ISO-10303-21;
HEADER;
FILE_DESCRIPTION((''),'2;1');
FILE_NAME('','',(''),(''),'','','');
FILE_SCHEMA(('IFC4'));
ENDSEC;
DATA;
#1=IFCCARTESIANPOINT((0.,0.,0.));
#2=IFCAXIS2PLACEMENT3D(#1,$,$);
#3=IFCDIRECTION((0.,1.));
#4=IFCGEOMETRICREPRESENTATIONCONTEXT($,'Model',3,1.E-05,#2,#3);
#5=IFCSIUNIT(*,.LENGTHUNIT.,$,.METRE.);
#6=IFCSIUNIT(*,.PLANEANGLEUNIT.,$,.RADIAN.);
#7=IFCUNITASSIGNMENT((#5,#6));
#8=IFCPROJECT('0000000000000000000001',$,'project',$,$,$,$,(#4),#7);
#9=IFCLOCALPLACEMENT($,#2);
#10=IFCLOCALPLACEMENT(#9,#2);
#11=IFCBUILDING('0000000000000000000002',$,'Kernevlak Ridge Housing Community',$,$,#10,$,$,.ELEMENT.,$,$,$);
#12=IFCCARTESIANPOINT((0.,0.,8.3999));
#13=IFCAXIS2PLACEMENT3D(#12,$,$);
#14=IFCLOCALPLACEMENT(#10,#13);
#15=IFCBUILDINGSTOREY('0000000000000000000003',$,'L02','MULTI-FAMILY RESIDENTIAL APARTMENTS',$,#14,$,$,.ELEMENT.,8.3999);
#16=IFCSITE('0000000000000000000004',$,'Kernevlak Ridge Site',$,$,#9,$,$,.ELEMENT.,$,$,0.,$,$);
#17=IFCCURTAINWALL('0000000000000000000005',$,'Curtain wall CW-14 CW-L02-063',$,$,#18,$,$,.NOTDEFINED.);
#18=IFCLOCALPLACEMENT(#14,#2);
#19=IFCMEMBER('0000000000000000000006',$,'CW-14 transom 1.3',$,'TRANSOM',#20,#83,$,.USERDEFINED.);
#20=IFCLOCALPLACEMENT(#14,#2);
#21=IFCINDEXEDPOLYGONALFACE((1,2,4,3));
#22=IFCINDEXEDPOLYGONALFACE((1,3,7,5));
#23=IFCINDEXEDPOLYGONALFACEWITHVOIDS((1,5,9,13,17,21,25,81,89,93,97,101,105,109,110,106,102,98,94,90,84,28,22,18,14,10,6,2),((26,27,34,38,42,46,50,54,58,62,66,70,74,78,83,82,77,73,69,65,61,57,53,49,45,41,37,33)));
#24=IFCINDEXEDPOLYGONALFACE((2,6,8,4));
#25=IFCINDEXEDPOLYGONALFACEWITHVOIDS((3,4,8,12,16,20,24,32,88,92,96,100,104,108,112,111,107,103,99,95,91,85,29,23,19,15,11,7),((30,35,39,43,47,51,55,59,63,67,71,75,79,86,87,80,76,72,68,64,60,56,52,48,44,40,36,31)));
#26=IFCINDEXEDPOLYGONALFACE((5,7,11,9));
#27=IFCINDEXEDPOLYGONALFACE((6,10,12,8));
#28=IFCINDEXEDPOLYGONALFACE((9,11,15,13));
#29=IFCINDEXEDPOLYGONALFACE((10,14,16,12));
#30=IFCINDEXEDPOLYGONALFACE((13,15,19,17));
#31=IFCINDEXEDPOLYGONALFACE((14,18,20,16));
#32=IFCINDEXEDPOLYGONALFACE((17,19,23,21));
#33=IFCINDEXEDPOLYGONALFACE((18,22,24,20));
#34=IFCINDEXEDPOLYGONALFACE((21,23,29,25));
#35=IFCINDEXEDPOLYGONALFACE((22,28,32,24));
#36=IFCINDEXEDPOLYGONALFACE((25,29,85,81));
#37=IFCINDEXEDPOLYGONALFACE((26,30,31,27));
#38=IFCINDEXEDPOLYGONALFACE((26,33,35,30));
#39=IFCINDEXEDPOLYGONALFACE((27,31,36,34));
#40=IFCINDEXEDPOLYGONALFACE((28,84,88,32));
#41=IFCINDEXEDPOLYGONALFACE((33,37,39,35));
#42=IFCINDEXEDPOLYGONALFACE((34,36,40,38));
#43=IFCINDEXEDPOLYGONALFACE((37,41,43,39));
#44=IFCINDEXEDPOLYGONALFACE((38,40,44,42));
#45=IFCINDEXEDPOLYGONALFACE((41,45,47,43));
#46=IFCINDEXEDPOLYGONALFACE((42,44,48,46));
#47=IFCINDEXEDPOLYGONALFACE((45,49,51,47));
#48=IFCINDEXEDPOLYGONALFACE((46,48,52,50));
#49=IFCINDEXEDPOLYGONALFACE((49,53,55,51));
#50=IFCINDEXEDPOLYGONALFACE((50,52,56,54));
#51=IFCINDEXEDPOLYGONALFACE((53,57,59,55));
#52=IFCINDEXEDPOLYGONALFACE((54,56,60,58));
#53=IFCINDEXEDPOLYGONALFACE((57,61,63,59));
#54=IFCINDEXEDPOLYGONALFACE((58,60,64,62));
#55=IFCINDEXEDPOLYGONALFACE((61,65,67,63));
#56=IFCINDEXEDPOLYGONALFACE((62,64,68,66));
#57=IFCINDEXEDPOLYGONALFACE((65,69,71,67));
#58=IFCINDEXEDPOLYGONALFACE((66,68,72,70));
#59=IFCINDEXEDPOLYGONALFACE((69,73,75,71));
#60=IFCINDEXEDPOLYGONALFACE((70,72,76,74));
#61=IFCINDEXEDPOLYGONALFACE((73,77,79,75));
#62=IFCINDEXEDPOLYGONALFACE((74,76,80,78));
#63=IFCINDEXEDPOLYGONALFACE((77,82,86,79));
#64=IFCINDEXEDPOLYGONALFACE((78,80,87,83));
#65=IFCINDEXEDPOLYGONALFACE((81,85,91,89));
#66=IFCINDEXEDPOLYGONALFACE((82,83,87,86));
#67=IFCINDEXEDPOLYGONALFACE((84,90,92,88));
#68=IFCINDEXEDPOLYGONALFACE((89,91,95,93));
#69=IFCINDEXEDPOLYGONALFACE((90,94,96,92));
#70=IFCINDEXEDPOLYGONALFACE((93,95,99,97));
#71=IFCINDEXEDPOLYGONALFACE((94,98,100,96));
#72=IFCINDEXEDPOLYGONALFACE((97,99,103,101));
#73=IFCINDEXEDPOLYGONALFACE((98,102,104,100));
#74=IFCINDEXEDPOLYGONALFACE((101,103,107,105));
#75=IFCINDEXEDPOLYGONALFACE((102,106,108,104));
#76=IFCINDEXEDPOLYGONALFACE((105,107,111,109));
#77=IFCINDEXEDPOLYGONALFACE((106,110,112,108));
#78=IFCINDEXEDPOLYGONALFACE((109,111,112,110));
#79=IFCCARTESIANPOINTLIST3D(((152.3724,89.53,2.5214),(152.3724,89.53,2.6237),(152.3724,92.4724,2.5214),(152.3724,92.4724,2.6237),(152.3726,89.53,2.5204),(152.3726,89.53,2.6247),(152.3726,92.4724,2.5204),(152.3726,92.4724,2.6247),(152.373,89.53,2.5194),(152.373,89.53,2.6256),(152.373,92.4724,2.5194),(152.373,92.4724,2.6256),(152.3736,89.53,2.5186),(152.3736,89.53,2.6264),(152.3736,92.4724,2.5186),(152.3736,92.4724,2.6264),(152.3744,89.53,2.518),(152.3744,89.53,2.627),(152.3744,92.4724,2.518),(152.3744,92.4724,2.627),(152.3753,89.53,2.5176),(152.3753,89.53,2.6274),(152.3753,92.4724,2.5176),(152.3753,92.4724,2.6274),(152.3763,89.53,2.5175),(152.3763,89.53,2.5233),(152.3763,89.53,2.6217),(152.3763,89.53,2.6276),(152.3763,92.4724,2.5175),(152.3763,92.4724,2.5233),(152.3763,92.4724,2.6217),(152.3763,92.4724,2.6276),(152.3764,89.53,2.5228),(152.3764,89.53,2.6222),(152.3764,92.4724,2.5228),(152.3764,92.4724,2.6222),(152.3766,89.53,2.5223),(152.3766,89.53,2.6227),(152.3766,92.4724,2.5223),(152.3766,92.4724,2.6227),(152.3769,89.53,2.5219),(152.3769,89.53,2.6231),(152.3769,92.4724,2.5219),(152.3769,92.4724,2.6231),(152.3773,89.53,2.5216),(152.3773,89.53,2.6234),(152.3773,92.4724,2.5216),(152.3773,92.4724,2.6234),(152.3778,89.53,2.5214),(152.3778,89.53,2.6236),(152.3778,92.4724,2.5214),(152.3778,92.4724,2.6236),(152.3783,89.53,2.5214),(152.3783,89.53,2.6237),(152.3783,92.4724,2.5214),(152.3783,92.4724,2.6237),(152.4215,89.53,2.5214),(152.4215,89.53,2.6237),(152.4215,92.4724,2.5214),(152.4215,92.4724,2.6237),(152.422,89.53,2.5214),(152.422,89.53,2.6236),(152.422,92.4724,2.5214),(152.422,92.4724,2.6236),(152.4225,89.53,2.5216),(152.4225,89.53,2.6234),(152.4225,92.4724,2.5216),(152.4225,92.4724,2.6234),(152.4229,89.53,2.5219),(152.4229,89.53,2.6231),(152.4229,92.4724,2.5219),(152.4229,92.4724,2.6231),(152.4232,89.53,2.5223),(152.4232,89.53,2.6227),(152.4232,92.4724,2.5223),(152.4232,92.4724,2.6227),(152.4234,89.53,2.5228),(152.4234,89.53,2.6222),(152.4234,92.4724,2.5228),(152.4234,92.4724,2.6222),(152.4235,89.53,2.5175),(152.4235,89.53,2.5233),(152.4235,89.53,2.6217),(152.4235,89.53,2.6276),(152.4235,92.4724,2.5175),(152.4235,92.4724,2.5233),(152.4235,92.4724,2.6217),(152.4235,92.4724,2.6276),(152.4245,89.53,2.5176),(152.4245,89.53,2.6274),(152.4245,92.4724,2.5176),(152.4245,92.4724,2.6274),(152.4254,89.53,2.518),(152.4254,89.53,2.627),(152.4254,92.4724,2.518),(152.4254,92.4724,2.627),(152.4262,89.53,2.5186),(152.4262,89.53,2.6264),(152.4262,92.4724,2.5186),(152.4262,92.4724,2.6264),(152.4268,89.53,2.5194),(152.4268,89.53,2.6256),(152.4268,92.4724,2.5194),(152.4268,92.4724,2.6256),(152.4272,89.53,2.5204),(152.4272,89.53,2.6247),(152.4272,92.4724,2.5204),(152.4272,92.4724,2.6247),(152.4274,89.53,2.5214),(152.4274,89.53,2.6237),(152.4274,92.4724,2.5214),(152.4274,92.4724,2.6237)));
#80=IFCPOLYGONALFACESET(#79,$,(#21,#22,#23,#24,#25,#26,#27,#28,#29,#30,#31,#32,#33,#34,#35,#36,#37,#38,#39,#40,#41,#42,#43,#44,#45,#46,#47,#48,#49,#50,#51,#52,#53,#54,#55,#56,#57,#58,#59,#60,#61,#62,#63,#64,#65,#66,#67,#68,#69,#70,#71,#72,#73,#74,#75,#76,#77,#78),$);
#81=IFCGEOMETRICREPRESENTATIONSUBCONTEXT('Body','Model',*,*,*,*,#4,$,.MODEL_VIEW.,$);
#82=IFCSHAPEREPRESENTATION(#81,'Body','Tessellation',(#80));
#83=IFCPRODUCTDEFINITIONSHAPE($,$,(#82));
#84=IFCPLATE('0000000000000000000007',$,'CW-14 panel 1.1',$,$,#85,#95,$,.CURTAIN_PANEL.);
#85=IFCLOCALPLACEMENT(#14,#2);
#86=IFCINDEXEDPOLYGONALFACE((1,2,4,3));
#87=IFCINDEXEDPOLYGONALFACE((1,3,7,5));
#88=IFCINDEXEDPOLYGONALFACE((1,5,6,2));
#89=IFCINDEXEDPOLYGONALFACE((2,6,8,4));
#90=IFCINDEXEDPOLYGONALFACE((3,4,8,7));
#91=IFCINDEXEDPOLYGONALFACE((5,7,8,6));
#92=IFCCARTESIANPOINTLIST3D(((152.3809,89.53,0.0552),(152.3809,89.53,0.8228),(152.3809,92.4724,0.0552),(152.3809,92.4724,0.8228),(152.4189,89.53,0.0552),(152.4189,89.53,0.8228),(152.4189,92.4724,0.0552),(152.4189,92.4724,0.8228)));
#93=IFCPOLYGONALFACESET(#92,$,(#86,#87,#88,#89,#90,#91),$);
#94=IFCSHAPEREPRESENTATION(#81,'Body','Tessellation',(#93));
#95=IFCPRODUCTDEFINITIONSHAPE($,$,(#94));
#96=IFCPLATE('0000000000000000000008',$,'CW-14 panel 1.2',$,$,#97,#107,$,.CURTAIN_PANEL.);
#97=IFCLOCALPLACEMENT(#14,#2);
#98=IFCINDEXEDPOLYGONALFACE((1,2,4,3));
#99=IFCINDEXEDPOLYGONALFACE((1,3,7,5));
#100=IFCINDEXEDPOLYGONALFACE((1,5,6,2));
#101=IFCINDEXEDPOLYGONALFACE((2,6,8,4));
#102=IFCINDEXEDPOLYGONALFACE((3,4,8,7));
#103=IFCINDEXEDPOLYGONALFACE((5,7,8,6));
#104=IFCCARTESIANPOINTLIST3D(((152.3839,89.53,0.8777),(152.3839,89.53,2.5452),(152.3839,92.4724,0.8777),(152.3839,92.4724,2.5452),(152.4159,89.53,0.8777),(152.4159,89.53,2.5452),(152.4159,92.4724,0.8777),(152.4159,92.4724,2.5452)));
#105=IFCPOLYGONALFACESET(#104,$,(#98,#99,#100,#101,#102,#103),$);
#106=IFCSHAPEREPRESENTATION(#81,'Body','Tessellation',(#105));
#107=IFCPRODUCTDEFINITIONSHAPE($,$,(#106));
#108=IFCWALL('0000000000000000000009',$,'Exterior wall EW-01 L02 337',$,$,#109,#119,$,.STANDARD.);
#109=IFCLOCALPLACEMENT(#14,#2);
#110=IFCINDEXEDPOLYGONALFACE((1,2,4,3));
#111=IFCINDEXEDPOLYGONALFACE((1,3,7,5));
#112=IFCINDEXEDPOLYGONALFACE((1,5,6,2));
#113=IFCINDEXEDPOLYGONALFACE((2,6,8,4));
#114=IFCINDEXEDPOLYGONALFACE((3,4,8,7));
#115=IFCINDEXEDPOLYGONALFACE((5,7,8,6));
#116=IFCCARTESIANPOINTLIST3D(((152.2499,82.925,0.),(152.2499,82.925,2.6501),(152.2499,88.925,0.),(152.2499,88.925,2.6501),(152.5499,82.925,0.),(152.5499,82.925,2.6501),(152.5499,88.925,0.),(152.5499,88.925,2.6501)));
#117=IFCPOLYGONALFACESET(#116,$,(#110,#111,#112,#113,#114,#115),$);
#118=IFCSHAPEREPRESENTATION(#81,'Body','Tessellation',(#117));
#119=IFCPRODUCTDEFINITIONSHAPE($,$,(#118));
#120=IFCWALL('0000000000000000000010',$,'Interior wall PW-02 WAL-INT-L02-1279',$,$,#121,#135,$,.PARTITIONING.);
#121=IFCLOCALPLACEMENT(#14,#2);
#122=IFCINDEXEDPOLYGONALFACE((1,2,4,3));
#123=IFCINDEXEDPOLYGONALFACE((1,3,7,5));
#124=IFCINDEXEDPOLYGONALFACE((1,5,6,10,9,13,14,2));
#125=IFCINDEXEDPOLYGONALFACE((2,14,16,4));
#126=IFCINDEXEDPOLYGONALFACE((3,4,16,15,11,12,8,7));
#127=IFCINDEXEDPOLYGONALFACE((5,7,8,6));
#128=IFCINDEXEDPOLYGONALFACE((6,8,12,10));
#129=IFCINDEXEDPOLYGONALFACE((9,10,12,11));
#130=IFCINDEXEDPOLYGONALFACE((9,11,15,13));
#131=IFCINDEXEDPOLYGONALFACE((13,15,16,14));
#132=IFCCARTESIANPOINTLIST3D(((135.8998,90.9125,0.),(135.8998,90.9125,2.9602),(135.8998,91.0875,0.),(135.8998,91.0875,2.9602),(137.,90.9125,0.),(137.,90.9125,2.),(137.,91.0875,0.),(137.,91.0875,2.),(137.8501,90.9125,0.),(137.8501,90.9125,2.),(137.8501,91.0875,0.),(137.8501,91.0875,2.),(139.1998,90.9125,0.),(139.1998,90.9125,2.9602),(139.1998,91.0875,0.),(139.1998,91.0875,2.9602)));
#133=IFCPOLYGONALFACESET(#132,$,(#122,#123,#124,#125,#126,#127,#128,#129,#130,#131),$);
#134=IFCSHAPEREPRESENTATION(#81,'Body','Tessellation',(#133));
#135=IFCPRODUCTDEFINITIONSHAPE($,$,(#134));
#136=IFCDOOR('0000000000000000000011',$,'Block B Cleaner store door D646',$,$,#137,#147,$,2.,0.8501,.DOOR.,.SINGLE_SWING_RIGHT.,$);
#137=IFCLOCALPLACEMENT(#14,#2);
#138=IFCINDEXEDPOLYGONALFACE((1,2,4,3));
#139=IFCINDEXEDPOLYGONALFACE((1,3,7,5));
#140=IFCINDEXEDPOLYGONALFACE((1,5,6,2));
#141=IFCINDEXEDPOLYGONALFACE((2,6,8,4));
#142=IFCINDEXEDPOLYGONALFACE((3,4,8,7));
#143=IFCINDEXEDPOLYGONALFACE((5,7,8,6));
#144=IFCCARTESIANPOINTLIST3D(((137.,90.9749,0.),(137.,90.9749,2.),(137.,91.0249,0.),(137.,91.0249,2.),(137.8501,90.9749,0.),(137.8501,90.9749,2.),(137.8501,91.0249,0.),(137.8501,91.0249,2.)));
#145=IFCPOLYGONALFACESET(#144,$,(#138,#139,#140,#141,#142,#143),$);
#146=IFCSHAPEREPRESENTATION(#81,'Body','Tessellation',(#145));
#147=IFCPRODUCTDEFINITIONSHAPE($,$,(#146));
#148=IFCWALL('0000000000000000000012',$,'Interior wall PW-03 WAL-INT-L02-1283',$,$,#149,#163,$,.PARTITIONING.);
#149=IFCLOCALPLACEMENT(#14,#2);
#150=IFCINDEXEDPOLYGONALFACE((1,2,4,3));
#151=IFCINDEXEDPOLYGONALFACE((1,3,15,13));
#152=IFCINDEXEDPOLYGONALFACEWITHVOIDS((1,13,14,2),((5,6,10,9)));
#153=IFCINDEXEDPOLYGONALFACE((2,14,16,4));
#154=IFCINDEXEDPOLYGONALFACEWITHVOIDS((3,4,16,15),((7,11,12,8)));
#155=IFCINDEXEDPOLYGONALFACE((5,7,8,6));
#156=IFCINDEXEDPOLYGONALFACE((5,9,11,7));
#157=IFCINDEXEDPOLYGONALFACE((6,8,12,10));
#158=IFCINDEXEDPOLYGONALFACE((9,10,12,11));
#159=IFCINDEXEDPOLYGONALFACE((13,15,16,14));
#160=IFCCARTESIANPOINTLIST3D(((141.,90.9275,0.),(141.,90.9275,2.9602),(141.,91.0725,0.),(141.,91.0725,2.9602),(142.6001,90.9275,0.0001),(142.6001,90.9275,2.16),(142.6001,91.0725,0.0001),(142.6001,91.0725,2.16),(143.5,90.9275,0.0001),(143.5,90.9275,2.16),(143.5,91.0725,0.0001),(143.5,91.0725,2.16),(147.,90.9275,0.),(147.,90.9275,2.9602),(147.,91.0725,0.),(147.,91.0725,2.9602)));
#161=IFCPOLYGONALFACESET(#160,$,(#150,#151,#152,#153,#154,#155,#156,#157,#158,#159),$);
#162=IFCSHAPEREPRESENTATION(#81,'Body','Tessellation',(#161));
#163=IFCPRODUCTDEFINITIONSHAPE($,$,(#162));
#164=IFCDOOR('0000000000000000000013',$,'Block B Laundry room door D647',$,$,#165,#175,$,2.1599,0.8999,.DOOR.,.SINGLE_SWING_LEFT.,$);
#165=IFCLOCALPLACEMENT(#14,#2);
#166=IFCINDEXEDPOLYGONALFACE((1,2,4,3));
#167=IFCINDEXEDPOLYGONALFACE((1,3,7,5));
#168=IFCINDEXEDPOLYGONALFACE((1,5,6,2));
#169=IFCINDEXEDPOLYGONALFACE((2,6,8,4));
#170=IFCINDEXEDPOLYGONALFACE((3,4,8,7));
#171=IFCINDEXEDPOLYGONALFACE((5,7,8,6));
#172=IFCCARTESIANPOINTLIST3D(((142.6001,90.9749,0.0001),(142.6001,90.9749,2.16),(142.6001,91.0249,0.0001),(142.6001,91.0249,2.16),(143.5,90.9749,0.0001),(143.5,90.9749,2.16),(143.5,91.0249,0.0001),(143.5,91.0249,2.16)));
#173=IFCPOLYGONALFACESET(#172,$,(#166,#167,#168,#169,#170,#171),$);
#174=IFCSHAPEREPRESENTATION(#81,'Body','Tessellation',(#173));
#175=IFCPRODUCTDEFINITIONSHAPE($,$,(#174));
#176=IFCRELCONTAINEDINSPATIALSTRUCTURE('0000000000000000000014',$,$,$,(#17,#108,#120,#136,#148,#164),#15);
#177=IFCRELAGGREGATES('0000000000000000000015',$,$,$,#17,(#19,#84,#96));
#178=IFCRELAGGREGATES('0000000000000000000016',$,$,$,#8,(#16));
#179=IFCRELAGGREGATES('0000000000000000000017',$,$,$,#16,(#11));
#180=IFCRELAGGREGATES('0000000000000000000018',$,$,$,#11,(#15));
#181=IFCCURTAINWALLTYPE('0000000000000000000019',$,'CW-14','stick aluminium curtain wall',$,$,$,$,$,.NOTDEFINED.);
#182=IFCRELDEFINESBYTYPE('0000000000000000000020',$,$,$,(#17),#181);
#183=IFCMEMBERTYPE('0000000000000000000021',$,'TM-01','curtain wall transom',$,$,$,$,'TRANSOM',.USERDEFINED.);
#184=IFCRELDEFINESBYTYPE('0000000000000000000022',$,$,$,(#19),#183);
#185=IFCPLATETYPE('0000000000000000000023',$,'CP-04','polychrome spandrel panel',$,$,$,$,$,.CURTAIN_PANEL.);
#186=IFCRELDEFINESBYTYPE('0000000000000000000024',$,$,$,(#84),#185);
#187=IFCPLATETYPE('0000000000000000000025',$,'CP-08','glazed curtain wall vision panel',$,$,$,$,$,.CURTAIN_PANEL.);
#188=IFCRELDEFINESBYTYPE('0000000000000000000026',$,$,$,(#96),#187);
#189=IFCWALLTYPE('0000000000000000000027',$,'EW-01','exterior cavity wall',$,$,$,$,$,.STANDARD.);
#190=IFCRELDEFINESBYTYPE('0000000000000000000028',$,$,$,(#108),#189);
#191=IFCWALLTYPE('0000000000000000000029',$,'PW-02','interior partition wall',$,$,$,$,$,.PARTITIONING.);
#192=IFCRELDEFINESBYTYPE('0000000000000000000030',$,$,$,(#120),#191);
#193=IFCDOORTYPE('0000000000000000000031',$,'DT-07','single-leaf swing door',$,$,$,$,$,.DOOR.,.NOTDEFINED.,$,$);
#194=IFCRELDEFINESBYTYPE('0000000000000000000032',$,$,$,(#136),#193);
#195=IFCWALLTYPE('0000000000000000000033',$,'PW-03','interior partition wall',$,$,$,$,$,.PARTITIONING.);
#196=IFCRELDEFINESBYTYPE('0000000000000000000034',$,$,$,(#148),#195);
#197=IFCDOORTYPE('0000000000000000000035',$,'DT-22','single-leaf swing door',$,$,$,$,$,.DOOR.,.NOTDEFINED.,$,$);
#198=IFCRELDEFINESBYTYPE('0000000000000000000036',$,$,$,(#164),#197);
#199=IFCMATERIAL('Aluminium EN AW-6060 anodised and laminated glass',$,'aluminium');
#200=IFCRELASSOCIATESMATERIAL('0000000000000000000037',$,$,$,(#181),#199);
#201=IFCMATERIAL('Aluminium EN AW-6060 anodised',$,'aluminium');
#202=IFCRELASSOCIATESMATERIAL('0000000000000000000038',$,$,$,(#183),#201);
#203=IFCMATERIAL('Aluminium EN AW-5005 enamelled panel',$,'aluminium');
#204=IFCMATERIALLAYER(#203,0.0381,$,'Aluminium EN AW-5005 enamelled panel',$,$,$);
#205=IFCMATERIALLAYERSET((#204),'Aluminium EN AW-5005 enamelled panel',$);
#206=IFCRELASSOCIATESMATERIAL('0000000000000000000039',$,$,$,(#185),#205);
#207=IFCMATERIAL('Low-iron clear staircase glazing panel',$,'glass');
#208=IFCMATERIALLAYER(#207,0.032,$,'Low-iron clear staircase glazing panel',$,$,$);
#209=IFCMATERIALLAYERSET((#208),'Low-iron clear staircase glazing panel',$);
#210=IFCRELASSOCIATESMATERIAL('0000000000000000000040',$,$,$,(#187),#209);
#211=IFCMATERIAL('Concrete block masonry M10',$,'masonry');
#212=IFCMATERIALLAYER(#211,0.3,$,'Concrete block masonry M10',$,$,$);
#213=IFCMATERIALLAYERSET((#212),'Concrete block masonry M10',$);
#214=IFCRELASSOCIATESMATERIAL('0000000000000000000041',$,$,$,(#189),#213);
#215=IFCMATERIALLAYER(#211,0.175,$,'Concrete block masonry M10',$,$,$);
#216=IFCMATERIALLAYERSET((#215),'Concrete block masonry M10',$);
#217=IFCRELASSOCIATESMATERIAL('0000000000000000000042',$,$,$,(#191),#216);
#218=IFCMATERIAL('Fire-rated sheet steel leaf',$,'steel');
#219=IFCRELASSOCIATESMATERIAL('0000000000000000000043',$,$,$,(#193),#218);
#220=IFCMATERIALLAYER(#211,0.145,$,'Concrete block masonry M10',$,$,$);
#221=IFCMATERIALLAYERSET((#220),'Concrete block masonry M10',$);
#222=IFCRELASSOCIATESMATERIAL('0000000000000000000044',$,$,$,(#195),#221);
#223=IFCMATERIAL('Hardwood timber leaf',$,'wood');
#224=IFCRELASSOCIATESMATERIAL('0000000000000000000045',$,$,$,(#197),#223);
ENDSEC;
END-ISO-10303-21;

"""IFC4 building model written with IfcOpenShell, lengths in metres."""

from ifc_helpers import new_model, si_unit, direction, frame, frame_2d, origin, origin_2d, place, context, subcontext, project, spatial, rectangle, hollow_rectangle, extrude, material, layer, layer_set, material_profile, profile_set, type_object, element, fill, aggregate, save


model = new_model("IFC4")

# Units and contexts
model_context = context("Model", 3, precision=1e-05, world=origin(), true_north=direction((0.0, 1.0)))
body_context = subcontext(model_context, "Body", "Model", "MODEL_VIEW")
ifc_project = project(units=[si_unit("LENGTHUNIT", "METRE"), si_unit("PLANEANGLEUNIT", "RADIAN")], contexts=[model_context])

# Site, building, storey
site_placement = place(None, origin())
site = spatial("IfcSite", under=ifc_project, at=site_placement, Name="Kernevlak Ridge Site", CompositionType="ELEMENT", RefElevation=0.0)
building_placement = place(site_placement, origin())
building = spatial("IfcBuilding", under=site, at=building_placement, Name="Kernevlak Ridge Housing Community", CompositionType="ELEMENT")
storey_placement = place(building_placement, frame((0.0, 0.0, 8.3999)))
storey = spatial("IfcBuildingStorey", under=building, at=storey_placement, Name="L02", Description="MULTI-FAMILY RESIDENTIAL APARTMENTS", CompositionType="ELEMENT", Elevation=8.3999)

# Curtain wall
ifc_material_1 = material(Name="Aluminium EN AW-6060 anodised and laminated glass", Category="aluminium")
curtain_wall_type = type_object("IfcCurtainWallType", Name="CW-14", Description="stick aluminium curtain wall", PredefinedType="NOTDEFINED", material=ifc_material_1)
curtain_wall_placement = place(storey_placement, origin())
curtain_wall = element("IfcCurtainWall", 1, at=curtain_wall_placement, inside=storey, type_object=curtain_wall_type, Name="Curtain wall CW-14 CW-L02-063", PredefinedType="NOTDEFINED")
ifc_material_2 = material(Name="Aluminium EN AW-6060 anodised", Category="aluminium")

# Member
ifc_material_profile_1 = material_profile(ifc_material_2, hollow_rectangle(XDim=0.0549, YDim=0.1101, WallThickness=0.0039, InnerFilletRadius=0.002, OuterFilletRadius=0.0039, at=origin_2d()), Name="ALU 55x110x4")
ifc_profile_set_1 = profile_set([ifc_material_profile_1], Name="Aluminium EN AW-6060 anodised")
member_type_1 = type_object("IfcMemberType", Name="TM-01", Description="curtain wall transom", ElementType="TRANSOM", PredefinedType="USERDEFINED", material=ifc_profile_set_1)
member_1_placement = place(storey_placement, frame((152.3999, 89.53, 2.5725), z_axis=(0.0, 1.0, 0.0), x_axis=(-1.0, 0.0, 0.0)))
member_1 = element("IfcMember", 2, at=member_1_placement, type_object=member_type_1, Name="CW-14 transom 1.3", ObjectType="TRANSOM", PredefinedType="USERDEFINED", context=body_context, shape_type="SweptSolid", body=[
    extrude(hollow_rectangle(XDim=0.0549, YDim=0.1101, WallThickness=0.0039, InnerFilletRadius=0.002, OuterFilletRadius=0.0039, at=origin_2d()), origin(), (0.0, 0.0, 1.0), 2.9424),
])

# Plates
ifc_material_3 = material(Name="Aluminium EN AW-5005 enamelled panel", Category="aluminium")
ifc_layer_1 = layer(ifc_material_3, 0.0381, Name="Aluminium EN AW-5005 enamelled panel")
ifc_layer_set_1 = layer_set([ifc_layer_1], Name="Aluminium EN AW-5005 enamelled panel")
plate_type_1 = type_object("IfcPlateType", Name="CP-04", Description="polychrome spandrel panel", PredefinedType="CURTAIN_PANEL", material=ifc_layer_set_1)
plate_1_placement = place(storey_placement, frame((152.3999, 91.0012, 0.0552), z_axis=(0.0, 0.0, 1.0), x_axis=(0.0, 1.0, 0.0)))
plate_1 = element("IfcPlate", 3, at=plate_1_placement, type_object=plate_type_1, Name="CW-14 panel 1.1", PredefinedType="CURTAIN_PANEL", context=body_context, shape_type="SweptSolid", body=[
    extrude(rectangle(XDim=2.9424, YDim=0.0381, at=origin_2d()), origin(), (0.0, 0.0, 1.0), 0.7676),
])
ifc_material_4 = material(Name="Low-iron clear staircase glazing panel", Category="glass")
ifc_layer_2 = layer(ifc_material_4, 0.032, Name="Low-iron clear staircase glazing panel")
ifc_layer_set_2 = layer_set([ifc_layer_2], Name="Low-iron clear staircase glazing panel")
plate_type_2 = type_object("IfcPlateType", Name="CP-08", Description="glazed curtain wall vision panel", PredefinedType="CURTAIN_PANEL", material=ifc_layer_set_2)
plate_2_placement = place(storey_placement, frame((152.3999, 91.0012, 0.8777), z_axis=(0.0, 0.0, 1.0), x_axis=(0.0, 1.0, 0.0)))
plate_2 = element("IfcPlate", 4, at=plate_2_placement, type_object=plate_type_2, Name="CW-14 panel 1.2", PredefinedType="CURTAIN_PANEL", context=body_context, shape_type="SweptSolid", body=[
    extrude(rectangle(XDim=2.9424, YDim=0.032, at=origin_2d()), origin(), (0.0, 0.0, 1.0), 1.6675),
])
aggregate(curtain_wall, [member_1, plate_1, plate_2])

# Wall
ifc_material_5 = material(Name="Concrete block masonry M10", Category="masonry")
ifc_layer_3 = layer(ifc_material_5, 0.3, Name="Concrete block masonry M10")
ifc_layer_set_3 = layer_set([ifc_layer_3], Name="Concrete block masonry M10")
wall_type_1 = type_object("IfcWallType", Name="EW-01", Description="exterior cavity wall", PredefinedType="STANDARD", material=ifc_layer_set_3)
wall_1_placement = place(storey_placement, frame((152.3999, 82.925, 0.0), z_axis=(0.0, 0.0, 1.0), x_axis=(0.0, 1.0, 0.0)))
element("IfcWall", 5, at=wall_1_placement, inside=storey, type_object=wall_type_1, Name="Exterior wall EW-01 L02 337", PredefinedType="STANDARD", context=body_context, shape_type="SweptSolid", body=[
    extrude(rectangle(XDim=6.0, YDim=0.3, at=frame_2d((3.0, 0.0))), origin(), (0.0, 0.0, 1.0), 2.6501),
])

# Walls, openings, doors
ifc_layer_4 = layer(ifc_material_5, 0.175, Name="Concrete block masonry M10")
ifc_layer_set_4 = layer_set([ifc_layer_4], Name="Concrete block masonry M10")
wall_type_2 = type_object("IfcWallType", Name="PW-02", Description="interior partition wall", PredefinedType="PARTITIONING", material=ifc_layer_set_4)
wall_2_placement = place(storey_placement, frame((135.8999, 91.0, 0.0), z_axis=(0.0, 0.0, 1.0), x_axis=(1.0, 0.0, 0.0)))
wall_2 = element("IfcWall", 6, at=wall_2_placement, inside=storey, type_object=wall_type_2, Name="Interior wall PW-02 WAL-INT-L02-1279", PredefinedType="PARTITIONING", context=body_context, shape_type="SweptSolid", body=[
    extrude(rectangle(XDim=3.3, YDim=0.175, at=frame_2d((1.6499, 0.0))), origin(), (0.0, 0.0, 1.0), 2.9602),
])
opening_1_placement = place(wall_2_placement, frame((1.1001, 0.0, 0.0)))
opening_1 = element("IfcOpeningElement", 7, at=opening_1_placement, cuts=wall_2, PredefinedType="OPENING", context=body_context, shape_type="SweptSolid", body=[
    extrude(rectangle(XDim=0.8501, YDim=2.0, at=frame_2d((0.425, 1.0))), frame((0.0, 0.0974, 0.0), z_axis=(0.0, -1.0, 0.0), x_axis=(1.0, 0.0, 0.0)), (0.0, 0.0, 1.0), 0.1951),
])
ifc_material_6 = material(Name="Fire-rated sheet steel leaf", Category="steel")
door_type_1 = type_object("IfcDoorType", Name="DT-07", Description="single-leaf swing door", OperationType="NOTDEFINED", PredefinedType="DOOR", material=ifc_material_6)
door_1_placement = place(opening_1_placement, origin())
door_1 = element("IfcDoor", 8, at=door_1_placement, inside=storey, type_object=door_type_1, Name="Block B Cleaner store door D646", OperationType="SINGLE_SWING_RIGHT", OverallHeight=2.0, OverallWidth=0.8501, PredefinedType="DOOR", context=body_context, shape_type="SweptSolid", body=[
    extrude(rectangle(XDim=0.8501, YDim=2.0, at=frame_2d((0.425, 1.0))), frame((0.0, 0.0249, 0.0), z_axis=(0.0, -1.0, 0.0), x_axis=(1.0, 0.0, 0.0)), (0.0, 0.0, 1.0), 0.05),
])
fill(opening_1, door_1)
ifc_layer_5 = layer(ifc_material_5, 0.145, Name="Concrete block masonry M10")
ifc_layer_set_5 = layer_set([ifc_layer_5], Name="Concrete block masonry M10")
wall_type_3 = type_object("IfcWallType", Name="PW-03", Description="interior partition wall", PredefinedType="PARTITIONING", material=ifc_layer_set_5)
wall_3_placement = place(storey_placement, frame((141.0, 91.0, 0.0), z_axis=(0.0, 0.0, 1.0), x_axis=(1.0, 0.0, 0.0)))
wall_3 = element("IfcWall", 9, at=wall_3_placement, inside=storey, type_object=wall_type_3, Name="Interior wall PW-03 WAL-INT-L02-1283", PredefinedType="PARTITIONING", context=body_context, shape_type="SweptSolid", body=[
    extrude(rectangle(XDim=6.0, YDim=0.145, at=frame_2d((3.0, 0.0))), origin(), (0.0, 0.0, 1.0), 2.9602),
])
opening_2_placement = place(wall_3_placement, frame((1.6001, 0.0, 0.0)))
opening_2 = element("IfcOpeningElement", 10, at=opening_2_placement, cuts=wall_3, PredefinedType="OPENING", context=body_context, shape_type="SweptSolid", body=[
    extrude(rectangle(XDim=0.8999, YDim=2.1599, at=frame_2d((0.45, 1.0801))), frame((0.0, 0.0825, 0.0), z_axis=(0.0, -1.0, 0.0), x_axis=(1.0, 0.0, 0.0)), (0.0, 0.0, 1.0), 0.165),
])
ifc_material_7 = material(Name="Hardwood timber leaf", Category="wood")
door_type_2 = type_object("IfcDoorType", Name="DT-22", Description="single-leaf swing door", OperationType="NOTDEFINED", PredefinedType="DOOR", material=ifc_material_7)
door_2_placement = place(opening_2_placement, origin())
door_2 = element("IfcDoor", 11, at=door_2_placement, inside=storey, type_object=door_type_2, Name="Block B Laundry room door D647", OperationType="SINGLE_SWING_LEFT", OverallHeight=2.1599, OverallWidth=0.8999, PredefinedType="DOOR", context=body_context, shape_type="SweptSolid", body=[
    extrude(rectangle(XDim=0.8999, YDim=2.1599, at=frame_2d((0.45, 1.0801))), frame((0.0, 0.0249, 0.0), z_axis=(0.0, -1.0, 0.0), x_axis=(1.0, 0.0, 0.0)), (0.0, 0.0, 1.0), 0.05),
])
fill(opening_2, door_2)

save(model, "model.ifc")
